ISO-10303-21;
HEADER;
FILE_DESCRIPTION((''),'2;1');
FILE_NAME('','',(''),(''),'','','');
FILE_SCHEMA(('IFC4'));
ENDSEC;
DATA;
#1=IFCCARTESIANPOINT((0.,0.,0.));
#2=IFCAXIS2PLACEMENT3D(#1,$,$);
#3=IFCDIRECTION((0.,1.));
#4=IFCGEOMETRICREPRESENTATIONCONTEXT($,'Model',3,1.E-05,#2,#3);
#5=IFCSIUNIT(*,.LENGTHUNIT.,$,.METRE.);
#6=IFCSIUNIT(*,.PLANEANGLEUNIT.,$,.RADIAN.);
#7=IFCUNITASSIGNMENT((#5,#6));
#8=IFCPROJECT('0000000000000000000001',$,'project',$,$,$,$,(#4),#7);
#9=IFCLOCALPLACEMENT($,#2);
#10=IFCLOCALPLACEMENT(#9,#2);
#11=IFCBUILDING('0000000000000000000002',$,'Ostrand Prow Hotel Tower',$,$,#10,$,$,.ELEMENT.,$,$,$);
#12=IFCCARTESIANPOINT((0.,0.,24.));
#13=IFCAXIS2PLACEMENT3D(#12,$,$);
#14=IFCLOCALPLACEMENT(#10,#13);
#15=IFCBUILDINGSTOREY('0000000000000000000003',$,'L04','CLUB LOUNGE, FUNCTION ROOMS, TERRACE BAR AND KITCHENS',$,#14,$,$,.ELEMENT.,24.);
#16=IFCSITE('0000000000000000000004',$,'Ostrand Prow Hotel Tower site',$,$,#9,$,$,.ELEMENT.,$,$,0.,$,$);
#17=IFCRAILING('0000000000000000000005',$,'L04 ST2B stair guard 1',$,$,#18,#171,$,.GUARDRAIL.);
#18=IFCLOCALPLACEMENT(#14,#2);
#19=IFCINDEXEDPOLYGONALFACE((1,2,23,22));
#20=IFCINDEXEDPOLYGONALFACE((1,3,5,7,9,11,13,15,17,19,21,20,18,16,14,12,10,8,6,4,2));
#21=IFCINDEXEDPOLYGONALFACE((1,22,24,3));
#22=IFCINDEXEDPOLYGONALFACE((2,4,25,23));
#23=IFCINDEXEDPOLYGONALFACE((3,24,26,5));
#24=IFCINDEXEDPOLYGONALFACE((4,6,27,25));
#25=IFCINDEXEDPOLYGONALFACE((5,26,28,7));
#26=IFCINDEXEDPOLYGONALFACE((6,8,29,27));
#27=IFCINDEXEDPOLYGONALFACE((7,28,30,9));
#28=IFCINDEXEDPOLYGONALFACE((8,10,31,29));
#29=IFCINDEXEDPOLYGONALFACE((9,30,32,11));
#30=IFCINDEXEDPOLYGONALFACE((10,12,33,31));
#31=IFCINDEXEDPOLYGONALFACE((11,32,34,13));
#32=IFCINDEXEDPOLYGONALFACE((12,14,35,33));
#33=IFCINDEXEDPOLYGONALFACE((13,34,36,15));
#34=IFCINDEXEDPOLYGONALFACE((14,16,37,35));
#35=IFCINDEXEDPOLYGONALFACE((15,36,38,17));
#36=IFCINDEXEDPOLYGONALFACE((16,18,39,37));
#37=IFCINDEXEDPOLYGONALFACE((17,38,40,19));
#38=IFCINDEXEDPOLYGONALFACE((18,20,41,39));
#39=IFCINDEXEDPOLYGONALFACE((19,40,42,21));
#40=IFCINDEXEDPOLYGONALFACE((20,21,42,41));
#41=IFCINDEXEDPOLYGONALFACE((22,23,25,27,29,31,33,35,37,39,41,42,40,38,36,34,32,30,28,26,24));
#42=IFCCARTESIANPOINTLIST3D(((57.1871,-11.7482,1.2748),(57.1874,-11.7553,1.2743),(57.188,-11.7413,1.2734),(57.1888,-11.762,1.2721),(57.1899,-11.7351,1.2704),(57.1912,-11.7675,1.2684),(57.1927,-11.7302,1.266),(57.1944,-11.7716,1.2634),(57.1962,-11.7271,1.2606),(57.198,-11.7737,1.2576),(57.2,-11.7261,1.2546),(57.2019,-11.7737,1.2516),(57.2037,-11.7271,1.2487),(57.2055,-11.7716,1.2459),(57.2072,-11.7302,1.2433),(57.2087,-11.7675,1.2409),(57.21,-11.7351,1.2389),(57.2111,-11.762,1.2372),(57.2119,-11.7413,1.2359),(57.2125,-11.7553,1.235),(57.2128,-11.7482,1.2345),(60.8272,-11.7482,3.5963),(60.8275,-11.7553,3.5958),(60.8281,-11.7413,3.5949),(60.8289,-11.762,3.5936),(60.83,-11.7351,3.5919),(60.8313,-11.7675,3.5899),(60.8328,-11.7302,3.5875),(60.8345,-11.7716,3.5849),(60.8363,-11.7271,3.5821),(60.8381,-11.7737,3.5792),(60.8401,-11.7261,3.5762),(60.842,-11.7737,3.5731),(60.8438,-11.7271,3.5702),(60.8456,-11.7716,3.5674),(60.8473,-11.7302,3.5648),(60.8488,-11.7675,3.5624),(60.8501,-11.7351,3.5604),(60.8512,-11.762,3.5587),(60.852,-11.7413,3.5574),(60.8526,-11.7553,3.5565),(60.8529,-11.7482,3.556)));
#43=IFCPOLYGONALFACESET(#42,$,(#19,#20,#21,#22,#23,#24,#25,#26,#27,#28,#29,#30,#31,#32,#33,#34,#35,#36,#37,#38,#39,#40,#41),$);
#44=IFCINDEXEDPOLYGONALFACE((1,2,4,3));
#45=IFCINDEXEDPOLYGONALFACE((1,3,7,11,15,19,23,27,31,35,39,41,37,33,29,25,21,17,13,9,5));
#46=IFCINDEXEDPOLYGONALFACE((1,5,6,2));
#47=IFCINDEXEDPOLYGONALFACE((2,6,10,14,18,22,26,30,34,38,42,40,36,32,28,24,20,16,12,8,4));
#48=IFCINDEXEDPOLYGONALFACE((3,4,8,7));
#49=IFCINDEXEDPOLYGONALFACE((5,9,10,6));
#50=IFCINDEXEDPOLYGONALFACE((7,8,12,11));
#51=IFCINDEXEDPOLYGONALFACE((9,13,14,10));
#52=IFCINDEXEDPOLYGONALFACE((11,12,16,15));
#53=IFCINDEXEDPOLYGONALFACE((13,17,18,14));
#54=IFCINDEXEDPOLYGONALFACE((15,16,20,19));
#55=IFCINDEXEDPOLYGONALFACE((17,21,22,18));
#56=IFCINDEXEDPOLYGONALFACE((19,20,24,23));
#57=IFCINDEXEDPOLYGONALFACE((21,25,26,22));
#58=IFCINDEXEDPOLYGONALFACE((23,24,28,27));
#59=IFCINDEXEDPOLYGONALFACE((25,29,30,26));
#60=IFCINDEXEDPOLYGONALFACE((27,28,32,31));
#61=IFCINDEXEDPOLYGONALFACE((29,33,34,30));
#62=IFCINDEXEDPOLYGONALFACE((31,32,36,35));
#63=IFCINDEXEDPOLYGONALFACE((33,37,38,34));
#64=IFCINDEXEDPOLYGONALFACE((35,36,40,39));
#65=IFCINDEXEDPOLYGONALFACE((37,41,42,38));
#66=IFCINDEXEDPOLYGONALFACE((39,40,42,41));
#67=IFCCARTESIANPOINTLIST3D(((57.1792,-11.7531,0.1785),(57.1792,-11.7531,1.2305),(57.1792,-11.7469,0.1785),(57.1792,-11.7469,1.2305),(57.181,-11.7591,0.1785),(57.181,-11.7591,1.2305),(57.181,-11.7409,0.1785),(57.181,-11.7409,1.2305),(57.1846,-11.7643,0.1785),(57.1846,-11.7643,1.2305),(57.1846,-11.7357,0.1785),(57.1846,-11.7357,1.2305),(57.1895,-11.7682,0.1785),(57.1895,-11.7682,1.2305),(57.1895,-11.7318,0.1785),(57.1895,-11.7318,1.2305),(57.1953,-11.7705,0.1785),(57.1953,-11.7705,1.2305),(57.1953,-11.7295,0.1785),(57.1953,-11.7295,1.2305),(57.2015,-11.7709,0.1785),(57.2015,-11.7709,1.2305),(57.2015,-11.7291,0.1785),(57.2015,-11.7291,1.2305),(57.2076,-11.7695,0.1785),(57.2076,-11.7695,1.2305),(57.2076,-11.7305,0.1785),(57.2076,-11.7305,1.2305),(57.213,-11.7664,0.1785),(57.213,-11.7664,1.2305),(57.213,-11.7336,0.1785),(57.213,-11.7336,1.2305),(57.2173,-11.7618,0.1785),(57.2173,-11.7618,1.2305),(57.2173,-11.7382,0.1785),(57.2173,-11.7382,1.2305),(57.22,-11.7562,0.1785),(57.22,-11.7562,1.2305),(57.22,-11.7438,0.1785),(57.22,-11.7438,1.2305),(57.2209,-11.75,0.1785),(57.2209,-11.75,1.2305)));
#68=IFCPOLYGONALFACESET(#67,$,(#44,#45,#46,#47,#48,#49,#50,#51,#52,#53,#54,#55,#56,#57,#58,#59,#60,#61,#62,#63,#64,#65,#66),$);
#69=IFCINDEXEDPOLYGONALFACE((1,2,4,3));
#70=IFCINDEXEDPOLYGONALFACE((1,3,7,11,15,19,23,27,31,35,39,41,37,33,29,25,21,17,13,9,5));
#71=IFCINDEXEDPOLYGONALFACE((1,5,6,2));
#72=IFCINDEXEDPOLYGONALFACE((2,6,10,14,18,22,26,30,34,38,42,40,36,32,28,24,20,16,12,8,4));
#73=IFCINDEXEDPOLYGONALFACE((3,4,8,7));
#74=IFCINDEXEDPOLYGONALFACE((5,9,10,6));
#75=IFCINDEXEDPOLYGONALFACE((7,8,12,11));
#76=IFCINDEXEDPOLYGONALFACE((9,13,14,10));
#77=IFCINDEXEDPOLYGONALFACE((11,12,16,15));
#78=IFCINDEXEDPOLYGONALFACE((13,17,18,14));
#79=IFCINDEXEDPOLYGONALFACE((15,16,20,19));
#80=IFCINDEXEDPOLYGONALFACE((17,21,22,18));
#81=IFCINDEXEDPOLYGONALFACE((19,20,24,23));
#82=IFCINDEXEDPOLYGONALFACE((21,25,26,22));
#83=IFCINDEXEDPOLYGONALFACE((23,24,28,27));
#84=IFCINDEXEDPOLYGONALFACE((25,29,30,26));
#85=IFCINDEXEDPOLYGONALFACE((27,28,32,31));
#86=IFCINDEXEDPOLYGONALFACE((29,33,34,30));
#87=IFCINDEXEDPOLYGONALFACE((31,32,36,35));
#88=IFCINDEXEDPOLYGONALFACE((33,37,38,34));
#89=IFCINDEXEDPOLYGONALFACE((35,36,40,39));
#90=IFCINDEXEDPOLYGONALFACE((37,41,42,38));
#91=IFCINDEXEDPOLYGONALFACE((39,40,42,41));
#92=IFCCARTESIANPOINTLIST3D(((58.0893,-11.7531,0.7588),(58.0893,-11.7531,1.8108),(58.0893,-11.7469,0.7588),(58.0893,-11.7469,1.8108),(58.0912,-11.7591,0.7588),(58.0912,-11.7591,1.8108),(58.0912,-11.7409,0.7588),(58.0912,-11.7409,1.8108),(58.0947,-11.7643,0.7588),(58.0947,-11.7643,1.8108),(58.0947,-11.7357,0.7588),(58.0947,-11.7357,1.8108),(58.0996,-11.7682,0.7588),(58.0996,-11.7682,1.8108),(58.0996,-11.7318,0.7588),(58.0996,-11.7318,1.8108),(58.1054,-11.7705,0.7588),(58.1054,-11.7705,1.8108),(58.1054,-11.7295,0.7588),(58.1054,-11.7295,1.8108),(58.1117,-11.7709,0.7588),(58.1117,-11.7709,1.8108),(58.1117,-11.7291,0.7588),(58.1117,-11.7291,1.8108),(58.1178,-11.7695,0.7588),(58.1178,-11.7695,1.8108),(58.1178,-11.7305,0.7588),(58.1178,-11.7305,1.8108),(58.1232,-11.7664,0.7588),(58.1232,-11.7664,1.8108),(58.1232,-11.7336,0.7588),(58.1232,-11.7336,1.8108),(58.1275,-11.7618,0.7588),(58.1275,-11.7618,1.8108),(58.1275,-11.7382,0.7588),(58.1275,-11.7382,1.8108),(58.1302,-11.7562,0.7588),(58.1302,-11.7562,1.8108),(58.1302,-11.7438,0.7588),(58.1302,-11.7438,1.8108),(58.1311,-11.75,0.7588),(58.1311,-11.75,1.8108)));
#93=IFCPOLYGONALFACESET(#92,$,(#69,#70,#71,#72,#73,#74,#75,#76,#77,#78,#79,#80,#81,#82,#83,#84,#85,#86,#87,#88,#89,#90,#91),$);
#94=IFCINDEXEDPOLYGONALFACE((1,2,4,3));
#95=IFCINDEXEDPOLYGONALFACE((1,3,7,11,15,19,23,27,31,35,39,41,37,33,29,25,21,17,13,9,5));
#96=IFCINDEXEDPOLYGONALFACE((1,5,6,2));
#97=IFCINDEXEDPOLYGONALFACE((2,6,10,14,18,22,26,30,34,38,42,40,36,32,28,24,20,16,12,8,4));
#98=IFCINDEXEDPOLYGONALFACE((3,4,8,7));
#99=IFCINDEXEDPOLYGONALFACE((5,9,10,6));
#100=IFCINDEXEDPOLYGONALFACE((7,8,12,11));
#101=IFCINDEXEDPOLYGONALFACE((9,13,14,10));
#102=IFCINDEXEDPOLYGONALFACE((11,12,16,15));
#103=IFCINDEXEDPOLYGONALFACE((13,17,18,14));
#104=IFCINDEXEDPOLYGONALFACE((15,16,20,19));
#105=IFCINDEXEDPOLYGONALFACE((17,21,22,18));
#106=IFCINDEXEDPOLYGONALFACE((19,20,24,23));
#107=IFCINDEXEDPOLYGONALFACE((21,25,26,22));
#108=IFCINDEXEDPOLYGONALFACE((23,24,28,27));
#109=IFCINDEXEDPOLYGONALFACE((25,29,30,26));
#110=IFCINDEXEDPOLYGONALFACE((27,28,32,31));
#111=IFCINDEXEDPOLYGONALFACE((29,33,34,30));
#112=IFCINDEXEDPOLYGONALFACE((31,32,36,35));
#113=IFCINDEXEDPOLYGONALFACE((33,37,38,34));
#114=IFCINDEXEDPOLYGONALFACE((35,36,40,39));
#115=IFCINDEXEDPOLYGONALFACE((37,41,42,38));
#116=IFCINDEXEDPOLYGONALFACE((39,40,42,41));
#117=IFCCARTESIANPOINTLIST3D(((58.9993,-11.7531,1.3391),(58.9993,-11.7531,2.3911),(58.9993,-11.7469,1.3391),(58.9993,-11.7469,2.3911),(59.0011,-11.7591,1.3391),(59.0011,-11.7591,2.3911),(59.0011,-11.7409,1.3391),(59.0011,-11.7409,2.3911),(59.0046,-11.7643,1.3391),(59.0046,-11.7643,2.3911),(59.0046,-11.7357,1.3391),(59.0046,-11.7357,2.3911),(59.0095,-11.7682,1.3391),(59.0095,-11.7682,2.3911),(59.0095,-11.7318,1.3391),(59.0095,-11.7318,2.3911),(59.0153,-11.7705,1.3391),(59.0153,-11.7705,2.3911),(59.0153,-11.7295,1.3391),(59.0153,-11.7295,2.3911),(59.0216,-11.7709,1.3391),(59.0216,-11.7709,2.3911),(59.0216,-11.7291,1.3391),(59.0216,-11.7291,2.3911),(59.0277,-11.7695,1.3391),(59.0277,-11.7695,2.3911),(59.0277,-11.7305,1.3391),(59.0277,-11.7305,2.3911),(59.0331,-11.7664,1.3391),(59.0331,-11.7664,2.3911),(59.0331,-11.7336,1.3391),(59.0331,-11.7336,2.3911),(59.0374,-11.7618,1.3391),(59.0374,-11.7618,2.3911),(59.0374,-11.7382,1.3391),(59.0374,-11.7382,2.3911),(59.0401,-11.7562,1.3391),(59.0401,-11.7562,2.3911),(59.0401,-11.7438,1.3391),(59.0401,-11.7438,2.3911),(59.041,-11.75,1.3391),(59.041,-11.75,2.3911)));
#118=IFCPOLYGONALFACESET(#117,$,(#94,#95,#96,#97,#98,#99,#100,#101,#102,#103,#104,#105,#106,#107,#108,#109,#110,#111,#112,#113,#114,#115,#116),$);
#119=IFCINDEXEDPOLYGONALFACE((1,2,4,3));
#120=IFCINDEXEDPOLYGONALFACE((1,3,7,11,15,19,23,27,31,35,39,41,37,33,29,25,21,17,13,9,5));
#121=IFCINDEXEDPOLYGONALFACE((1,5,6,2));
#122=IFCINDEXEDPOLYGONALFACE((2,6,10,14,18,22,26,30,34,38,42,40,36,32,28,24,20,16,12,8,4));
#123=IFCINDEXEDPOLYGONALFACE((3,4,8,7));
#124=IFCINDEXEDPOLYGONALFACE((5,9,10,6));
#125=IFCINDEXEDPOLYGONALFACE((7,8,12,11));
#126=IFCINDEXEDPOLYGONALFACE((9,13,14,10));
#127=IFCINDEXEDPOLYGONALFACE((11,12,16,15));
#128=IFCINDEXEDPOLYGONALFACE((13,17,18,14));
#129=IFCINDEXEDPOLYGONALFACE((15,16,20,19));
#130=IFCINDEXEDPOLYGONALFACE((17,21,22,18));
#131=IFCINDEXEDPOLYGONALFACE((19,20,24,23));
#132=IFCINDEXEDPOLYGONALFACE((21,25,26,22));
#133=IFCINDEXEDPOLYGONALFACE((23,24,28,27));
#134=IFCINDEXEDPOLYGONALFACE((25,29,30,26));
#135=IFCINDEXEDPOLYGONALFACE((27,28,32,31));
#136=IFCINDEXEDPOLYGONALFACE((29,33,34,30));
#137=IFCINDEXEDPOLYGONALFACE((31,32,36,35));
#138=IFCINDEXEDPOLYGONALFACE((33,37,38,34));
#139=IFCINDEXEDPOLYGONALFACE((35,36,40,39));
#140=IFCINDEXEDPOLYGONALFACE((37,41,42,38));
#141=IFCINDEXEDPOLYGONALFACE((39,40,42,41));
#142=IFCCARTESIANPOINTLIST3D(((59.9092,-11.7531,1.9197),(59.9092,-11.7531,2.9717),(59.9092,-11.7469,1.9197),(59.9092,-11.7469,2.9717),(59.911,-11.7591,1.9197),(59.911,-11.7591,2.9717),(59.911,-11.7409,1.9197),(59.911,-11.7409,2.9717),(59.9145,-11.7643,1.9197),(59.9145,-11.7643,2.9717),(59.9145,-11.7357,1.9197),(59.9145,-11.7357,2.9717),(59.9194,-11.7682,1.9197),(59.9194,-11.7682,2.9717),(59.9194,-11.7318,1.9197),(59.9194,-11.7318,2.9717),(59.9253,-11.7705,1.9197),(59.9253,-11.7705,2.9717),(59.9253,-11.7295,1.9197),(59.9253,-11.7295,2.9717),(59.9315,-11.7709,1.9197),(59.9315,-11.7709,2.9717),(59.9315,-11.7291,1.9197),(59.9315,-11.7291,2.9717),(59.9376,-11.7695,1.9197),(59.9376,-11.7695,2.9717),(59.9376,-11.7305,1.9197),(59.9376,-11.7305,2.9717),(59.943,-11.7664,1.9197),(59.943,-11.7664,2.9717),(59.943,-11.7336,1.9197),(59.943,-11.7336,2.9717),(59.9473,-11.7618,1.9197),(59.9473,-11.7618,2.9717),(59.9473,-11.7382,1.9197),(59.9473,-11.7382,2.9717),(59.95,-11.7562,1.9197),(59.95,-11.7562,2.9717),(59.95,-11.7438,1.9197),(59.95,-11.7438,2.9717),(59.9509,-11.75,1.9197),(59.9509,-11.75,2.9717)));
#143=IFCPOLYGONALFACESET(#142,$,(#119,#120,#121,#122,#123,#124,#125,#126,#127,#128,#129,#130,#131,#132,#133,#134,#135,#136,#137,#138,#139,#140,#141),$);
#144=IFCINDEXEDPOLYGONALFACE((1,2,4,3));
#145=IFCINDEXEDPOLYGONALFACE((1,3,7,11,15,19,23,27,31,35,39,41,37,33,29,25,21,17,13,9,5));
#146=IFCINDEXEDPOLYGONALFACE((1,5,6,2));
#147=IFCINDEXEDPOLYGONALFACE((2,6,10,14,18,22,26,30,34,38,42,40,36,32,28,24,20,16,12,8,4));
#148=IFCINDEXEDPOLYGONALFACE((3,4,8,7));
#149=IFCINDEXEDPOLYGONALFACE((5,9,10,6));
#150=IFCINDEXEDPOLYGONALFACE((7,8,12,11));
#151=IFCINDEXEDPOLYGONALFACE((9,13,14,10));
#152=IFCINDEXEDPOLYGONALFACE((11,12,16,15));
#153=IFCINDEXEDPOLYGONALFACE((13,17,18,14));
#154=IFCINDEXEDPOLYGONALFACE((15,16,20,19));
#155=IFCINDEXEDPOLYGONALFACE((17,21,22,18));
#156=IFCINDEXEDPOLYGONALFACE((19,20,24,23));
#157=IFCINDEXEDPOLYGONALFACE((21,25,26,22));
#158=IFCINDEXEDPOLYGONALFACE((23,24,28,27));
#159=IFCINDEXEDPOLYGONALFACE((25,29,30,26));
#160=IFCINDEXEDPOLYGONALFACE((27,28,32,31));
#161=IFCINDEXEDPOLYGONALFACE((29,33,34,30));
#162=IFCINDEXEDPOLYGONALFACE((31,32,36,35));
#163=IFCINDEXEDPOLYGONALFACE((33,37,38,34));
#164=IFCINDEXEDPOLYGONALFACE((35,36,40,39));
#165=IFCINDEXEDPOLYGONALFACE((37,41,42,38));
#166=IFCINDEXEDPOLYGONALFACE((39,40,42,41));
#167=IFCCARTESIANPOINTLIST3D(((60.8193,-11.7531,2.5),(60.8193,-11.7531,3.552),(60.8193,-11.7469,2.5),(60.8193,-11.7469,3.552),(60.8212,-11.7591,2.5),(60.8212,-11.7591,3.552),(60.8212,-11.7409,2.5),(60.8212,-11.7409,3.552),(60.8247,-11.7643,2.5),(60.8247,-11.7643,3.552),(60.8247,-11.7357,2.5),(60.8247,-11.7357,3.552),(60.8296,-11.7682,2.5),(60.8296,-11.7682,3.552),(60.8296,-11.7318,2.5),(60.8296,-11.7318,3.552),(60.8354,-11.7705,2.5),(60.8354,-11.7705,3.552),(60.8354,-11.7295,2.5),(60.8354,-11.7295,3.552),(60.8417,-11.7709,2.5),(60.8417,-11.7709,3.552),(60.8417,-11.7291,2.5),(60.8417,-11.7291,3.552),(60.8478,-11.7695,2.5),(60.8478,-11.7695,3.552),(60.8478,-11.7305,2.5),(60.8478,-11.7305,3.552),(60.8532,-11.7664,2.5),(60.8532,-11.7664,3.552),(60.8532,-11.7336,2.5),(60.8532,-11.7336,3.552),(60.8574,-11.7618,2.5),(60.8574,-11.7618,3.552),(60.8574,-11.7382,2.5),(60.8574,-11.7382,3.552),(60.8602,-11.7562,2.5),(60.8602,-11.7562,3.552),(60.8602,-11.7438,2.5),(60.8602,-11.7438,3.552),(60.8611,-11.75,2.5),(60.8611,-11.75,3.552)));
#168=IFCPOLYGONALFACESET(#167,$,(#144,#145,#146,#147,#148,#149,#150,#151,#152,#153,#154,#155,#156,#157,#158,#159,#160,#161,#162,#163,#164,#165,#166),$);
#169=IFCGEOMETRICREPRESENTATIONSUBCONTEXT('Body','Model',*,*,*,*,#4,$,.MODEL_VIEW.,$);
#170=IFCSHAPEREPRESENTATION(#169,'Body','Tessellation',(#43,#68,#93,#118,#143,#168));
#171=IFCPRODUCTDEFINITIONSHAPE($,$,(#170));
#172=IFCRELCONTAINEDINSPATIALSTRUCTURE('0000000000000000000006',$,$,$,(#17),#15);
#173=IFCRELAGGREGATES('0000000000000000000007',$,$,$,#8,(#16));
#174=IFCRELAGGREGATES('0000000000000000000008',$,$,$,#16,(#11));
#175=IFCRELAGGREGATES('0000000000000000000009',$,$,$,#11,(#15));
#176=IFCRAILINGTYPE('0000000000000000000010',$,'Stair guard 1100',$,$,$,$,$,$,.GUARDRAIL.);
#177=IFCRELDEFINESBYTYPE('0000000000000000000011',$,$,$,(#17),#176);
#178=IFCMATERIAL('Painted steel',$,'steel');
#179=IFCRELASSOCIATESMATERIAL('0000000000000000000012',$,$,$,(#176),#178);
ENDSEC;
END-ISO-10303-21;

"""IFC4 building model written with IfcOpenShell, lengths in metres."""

from ifc_helpers import new_model, si_unit, direction, frame, origin, origin_2d, place, context, subcontext, project, spatial, circle, extrude, material, type_object, element, save


model = new_model("IFC4")

# Units and contexts
model_context = context("Model", 3, precision=1e-05, world=origin(), true_north=direction((0.0, 1.0)))
body_context = subcontext(model_context, "Body", "Model", "MODEL_VIEW")
ifc_project = project(units=[si_unit("LENGTHUNIT", "METRE"), si_unit("PLANEANGLEUNIT", "RADIAN")], contexts=[model_context])

# Site, building, storey
site_placement = place(None, origin())
site = spatial("IfcSite", under=ifc_project, at=site_placement, Name="Ostrand Prow Hotel Tower site", CompositionType="ELEMENT", RefElevation=0.0)
building_placement = place(site_placement, origin())
building = spatial("IfcBuilding", under=site, at=building_placement, Name="Ostrand Prow Hotel Tower", CompositionType="ELEMENT")
storey_placement = place(building_placement, frame((0.0, 0.0, 24.0)))
storey = spatial("IfcBuildingStorey", under=building, at=storey_placement, Name="L04", Description="CLUB LOUNGE, FUNCTION ROOMS, TERRACE BAR AND KITCHENS", CompositionType="ELEMENT", Elevation=24.0)

# Railing
ifc_material_1 = material(Name="Painted steel", Category="steel")
railing_type_1 = type_object("IfcRailingType", Name="Stair guard 1100", PredefinedType="GUARDRAIL", material=ifc_material_1)
railing_1_placement = place(storey_placement, frame((57.2, -11.75, 0.1785)))
element("IfcRailing", 1, at=railing_1_placement, inside=storey, type_object=railing_type_1, Name="L04 ST2B stair guard 1", PredefinedType="GUARDRAIL", context=body_context, shape_type="SweptSolid", body=[
    extrude(circle(Radius=0.0239, at=origin_2d()), frame((0.0, 0.0, 1.0762), z_axis=(0.843128, 0.0, 0.537713), x_axis=(0.0, 1.0, 0.0)), (0.0, 0.0, 1.0), 4.3174),
    extrude(circle(Radius=0.021, at=origin_2d()), origin(), (0.0, 0.0, 1.0), 1.052),
    extrude(circle(Radius=0.021, at=origin_2d()), frame((0.9102, 0.0, 0.5803)), (0.0, 0.0, 1.0), 1.052),
    extrude(circle(Radius=0.021, at=origin_2d()), frame((1.8201, 0.0, 1.1606)), (0.0, 0.0, 1.0), 1.052),
    extrude(circle(Radius=0.021, at=origin_2d()), frame((2.73, 0.0, 1.7412)), (0.0, 0.0, 1.0), 1.052),
    extrude(circle(Radius=0.021, at=origin_2d()), frame((3.6401, 0.0, 2.3215)), (0.0, 0.0, 1.0), 1.052),
])

save(model, "model.ifc")
